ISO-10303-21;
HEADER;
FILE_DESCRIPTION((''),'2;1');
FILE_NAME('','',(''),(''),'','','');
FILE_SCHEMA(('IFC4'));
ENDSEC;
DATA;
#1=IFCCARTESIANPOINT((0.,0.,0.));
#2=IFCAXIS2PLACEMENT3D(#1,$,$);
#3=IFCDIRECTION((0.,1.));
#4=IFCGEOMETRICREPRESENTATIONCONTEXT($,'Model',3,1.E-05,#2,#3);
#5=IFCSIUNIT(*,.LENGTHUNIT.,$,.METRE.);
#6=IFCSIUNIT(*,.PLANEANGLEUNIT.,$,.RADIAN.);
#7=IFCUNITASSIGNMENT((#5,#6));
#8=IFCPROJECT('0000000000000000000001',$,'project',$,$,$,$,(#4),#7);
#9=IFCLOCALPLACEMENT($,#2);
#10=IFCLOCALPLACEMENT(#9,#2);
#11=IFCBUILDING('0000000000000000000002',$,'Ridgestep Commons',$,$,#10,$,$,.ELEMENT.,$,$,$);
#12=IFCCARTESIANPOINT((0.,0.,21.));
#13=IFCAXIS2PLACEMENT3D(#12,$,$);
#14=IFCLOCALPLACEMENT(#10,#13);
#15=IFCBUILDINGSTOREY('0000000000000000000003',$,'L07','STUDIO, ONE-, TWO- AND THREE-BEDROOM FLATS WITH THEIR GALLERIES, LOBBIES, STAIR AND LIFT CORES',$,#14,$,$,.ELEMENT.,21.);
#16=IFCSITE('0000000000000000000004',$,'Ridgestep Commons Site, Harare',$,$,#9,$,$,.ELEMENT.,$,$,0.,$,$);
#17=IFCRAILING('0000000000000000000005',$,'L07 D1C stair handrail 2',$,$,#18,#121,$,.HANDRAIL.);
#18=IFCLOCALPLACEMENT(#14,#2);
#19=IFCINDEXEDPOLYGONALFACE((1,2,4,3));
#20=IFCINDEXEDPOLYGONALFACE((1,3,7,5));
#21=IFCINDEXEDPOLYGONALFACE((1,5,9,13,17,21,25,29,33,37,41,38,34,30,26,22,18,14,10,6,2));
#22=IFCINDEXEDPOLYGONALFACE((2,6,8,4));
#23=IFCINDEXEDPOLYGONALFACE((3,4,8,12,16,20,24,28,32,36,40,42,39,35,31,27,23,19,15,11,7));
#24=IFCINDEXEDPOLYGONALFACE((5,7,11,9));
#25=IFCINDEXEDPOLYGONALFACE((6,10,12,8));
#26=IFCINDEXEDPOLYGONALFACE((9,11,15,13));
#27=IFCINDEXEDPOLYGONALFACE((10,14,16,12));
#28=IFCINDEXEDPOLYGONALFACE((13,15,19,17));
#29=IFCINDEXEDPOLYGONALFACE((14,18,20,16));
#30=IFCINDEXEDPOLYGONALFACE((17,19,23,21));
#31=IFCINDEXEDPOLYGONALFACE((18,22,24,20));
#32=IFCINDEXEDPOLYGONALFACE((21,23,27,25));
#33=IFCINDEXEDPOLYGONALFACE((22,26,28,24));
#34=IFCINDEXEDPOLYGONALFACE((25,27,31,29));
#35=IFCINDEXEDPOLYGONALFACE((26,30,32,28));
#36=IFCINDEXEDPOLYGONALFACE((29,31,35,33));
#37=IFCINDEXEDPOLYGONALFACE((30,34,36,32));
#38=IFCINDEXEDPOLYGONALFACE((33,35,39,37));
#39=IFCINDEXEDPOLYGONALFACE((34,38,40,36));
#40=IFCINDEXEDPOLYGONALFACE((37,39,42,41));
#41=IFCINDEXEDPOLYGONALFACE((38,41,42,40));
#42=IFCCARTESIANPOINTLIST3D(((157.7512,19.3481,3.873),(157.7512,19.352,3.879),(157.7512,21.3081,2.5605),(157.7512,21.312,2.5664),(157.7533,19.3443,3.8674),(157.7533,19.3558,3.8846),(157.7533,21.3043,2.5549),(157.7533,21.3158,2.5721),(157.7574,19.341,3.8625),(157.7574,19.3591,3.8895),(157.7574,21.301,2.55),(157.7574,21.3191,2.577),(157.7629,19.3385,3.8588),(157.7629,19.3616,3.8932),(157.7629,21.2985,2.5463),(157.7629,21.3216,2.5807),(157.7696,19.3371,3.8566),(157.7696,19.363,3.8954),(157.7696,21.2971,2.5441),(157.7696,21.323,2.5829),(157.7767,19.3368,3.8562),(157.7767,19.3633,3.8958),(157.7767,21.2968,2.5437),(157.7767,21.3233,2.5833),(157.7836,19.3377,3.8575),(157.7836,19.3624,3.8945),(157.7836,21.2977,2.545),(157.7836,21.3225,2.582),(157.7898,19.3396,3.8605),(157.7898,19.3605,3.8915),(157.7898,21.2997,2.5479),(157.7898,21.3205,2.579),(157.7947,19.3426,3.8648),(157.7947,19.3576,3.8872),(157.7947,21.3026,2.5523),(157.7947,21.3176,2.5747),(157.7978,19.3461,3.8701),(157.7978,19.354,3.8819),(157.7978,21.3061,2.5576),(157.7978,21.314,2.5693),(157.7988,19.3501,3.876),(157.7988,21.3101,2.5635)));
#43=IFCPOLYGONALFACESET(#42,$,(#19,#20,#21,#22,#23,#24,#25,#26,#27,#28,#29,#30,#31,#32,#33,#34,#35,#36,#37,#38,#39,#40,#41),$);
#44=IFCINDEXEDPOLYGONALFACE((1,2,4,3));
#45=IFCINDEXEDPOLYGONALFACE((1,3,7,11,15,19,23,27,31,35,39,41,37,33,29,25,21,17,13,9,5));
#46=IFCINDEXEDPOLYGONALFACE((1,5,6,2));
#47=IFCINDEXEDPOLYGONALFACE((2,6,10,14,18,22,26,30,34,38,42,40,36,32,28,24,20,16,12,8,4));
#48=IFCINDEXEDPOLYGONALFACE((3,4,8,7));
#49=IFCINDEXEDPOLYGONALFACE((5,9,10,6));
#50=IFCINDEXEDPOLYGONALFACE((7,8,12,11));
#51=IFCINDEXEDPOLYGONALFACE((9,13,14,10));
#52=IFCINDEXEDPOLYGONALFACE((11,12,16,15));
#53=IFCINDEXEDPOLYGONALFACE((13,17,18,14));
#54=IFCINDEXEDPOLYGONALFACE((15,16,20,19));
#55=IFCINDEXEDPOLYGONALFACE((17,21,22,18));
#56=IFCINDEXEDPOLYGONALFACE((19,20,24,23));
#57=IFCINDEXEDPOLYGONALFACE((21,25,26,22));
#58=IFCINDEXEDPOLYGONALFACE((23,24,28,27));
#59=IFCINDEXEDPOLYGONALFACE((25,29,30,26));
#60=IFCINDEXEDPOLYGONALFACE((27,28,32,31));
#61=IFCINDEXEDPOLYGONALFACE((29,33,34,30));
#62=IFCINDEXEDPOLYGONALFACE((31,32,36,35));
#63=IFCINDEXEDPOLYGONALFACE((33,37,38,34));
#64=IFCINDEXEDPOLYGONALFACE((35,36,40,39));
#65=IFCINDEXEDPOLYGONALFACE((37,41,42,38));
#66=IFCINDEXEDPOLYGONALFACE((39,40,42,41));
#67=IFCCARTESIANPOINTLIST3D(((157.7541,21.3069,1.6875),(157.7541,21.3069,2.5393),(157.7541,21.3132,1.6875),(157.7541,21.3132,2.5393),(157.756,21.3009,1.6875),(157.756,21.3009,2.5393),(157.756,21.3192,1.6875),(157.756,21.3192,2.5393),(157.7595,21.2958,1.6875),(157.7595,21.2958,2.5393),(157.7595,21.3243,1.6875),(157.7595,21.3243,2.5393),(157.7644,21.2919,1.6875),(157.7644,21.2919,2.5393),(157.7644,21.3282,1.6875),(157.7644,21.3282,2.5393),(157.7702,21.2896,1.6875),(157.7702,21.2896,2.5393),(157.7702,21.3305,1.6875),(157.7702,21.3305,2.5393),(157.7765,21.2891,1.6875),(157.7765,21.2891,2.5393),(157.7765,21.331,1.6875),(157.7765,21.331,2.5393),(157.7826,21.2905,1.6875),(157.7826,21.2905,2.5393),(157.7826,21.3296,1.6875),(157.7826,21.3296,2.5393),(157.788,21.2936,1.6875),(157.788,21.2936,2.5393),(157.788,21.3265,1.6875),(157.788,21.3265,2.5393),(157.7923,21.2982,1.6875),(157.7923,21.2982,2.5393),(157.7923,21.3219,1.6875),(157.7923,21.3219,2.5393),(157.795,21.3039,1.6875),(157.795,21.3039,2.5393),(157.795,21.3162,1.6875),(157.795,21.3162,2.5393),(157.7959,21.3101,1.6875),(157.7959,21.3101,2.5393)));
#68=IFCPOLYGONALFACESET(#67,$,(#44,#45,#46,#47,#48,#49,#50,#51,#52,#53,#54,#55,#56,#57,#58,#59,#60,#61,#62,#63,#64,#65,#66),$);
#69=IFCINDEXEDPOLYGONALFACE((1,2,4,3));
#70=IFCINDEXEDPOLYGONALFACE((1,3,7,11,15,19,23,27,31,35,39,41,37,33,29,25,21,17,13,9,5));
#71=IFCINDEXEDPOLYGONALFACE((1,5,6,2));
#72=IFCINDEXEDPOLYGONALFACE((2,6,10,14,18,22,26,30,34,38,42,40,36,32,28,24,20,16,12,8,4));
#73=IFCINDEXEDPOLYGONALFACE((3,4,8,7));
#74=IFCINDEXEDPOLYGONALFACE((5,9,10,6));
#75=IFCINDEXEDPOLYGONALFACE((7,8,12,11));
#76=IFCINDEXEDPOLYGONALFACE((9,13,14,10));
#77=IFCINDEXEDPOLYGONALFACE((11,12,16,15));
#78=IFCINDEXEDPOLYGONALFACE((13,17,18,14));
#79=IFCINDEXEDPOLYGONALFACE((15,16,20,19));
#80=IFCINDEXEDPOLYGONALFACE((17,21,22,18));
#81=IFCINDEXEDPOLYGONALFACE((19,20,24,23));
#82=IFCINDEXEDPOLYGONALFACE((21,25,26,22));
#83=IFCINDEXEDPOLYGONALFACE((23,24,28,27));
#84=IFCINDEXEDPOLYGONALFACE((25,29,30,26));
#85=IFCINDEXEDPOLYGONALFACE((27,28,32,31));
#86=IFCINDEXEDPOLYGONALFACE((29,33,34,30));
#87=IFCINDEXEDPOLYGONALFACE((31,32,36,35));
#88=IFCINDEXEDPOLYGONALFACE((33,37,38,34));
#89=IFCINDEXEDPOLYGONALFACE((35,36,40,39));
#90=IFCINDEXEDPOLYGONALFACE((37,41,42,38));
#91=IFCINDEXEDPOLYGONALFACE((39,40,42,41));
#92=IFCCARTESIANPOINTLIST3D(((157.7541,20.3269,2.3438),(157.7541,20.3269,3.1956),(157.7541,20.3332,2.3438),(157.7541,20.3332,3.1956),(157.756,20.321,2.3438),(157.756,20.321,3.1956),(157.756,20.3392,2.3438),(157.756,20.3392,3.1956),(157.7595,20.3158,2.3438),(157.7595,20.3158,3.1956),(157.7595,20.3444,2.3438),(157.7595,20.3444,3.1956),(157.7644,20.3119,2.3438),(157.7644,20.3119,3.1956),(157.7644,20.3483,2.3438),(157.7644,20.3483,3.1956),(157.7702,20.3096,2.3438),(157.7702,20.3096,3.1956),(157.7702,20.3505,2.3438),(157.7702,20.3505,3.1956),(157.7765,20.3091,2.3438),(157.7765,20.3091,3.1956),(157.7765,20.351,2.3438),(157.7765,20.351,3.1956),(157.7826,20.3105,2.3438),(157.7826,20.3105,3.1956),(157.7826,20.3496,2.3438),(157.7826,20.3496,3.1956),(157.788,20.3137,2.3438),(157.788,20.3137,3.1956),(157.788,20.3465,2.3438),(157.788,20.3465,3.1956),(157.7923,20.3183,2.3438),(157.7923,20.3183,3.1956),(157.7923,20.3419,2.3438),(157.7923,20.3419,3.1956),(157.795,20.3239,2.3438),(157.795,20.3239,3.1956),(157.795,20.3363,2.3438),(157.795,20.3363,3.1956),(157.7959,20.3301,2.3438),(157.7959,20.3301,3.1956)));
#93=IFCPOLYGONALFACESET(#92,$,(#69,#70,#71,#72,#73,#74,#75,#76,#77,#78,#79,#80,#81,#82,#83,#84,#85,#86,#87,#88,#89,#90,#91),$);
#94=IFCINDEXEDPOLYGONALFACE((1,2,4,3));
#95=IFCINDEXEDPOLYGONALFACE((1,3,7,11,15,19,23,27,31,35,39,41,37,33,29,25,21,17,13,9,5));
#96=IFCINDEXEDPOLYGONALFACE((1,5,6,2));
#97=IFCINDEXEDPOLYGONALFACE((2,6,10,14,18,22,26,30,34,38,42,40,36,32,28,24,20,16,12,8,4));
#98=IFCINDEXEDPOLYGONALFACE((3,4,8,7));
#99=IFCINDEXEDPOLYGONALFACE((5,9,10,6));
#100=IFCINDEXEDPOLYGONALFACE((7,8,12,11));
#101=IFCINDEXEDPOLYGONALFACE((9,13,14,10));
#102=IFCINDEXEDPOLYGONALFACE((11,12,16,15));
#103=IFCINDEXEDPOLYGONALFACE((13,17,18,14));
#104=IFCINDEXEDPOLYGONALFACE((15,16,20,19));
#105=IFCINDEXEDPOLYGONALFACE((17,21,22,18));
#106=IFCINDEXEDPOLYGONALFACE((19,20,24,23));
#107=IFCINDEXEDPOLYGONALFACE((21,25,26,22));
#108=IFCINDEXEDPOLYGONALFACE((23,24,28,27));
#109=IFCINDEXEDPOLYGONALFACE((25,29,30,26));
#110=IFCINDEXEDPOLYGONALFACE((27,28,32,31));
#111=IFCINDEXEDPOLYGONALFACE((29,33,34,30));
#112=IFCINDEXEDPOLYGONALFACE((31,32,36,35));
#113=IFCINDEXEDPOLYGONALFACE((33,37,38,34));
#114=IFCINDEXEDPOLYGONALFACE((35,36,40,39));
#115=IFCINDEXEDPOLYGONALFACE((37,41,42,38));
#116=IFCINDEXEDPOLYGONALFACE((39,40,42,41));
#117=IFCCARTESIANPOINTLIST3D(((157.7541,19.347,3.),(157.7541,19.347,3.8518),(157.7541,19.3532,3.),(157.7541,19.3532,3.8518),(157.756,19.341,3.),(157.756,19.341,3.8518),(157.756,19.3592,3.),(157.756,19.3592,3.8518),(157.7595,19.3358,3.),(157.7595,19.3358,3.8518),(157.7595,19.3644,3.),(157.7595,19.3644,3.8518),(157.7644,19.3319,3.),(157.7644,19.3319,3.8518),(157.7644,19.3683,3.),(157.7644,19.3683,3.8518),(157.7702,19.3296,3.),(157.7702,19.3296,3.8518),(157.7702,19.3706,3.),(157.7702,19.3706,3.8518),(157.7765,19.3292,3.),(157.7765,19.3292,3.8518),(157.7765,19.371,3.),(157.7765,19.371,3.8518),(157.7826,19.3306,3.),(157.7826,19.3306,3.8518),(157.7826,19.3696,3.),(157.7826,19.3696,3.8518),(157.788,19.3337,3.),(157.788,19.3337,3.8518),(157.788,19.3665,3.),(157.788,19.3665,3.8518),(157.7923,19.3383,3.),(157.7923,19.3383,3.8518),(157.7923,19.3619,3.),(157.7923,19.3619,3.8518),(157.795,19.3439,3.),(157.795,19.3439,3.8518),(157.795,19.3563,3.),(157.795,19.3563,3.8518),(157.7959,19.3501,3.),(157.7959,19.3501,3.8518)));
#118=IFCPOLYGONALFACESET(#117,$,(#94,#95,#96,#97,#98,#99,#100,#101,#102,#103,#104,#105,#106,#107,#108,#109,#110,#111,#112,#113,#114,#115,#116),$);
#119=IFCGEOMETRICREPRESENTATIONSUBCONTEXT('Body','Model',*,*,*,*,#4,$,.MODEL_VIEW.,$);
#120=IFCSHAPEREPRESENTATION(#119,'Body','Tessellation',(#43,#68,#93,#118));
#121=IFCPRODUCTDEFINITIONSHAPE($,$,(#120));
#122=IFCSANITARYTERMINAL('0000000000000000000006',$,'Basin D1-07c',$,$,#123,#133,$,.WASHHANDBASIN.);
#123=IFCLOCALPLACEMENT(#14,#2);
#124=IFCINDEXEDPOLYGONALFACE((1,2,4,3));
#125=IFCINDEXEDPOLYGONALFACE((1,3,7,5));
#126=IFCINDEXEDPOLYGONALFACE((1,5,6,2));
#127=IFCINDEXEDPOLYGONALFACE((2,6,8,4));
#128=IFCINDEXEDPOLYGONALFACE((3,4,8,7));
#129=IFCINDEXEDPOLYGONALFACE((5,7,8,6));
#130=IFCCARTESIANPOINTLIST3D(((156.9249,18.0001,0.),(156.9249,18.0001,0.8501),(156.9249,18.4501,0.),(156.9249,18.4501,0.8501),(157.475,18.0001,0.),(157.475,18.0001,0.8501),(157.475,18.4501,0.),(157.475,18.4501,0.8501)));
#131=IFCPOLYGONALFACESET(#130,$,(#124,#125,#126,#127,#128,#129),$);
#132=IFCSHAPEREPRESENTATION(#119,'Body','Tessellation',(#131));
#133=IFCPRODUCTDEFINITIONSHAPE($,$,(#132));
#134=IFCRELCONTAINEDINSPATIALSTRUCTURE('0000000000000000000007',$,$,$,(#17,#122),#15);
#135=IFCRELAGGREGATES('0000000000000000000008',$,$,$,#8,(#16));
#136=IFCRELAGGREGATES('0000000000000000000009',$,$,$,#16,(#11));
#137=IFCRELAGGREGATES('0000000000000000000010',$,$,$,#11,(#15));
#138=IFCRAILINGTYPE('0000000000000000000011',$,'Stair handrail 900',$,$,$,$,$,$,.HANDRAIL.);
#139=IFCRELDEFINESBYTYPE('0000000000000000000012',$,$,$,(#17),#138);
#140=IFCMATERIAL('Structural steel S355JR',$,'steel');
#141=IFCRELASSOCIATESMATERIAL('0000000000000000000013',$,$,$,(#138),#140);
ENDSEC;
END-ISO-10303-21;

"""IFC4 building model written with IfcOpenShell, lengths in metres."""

from ifc_helpers import new_model, si_unit, direction, frame, origin, origin_2d, place, context, subcontext, project, spatial, rectangle, circle, extrude, material, type_object, element, save


model = new_model("IFC4")

# Units and contexts
model_context = context("Model", 3, precision=1e-05, world=origin(), true_north=direction((0.0, 1.0)))
body_context = subcontext(model_context, "Body", "Model", "MODEL_VIEW")
ifc_project = project(units=[si_unit("LENGTHUNIT", "METRE"), si_unit("PLANEANGLEUNIT", "RADIAN")], contexts=[model_context])

# Site, building, storey
site_placement = place(None, origin())
site = spatial("IfcSite", under=ifc_project, at=site_placement, Name="Ridgestep Commons Site, Harare", CompositionType="ELEMENT", RefElevation=0.0)
building_placement = place(site_placement, origin())
building = spatial("IfcBuilding", under=site, at=building_placement, Name="Ridgestep Commons", CompositionType="ELEMENT")
storey_placement = place(building_placement, frame((0.0, 0.0, 21.0)))
storey = spatial("IfcBuildingStorey", under=building, at=storey_placement, Name="L07", Description="STUDIO, ONE-, TWO- AND THREE-BEDROOM FLATS WITH THEIR GALLERIES, LOBBIES, STAIR AND LIFT CORES", CompositionType="ELEMENT", Elevation=21.0)

# Railing
ifc_material_1 = material(Name="Structural steel S355JR", Category="steel")
railing_type_1 = type_object("IfcRailingType", Name="Stair handrail 900", PredefinedType="HANDRAIL", material=ifc_material_1)
railing_1_placement = place(storey_placement, frame((157.7749, 21.3101, 1.6875)))
element("IfcRailing", 1, at=railing_1_placement, inside=storey, type_object=railing_type_1, Name="L07 D1C stair handrail 2", PredefinedType="HANDRAIL", context=body_context, shape_type="SweptSolid", body=[
    extrude(circle(Radius=0.0239, at=origin_2d()), frame((0.0, 0.0, 0.876), z_axis=(0.0, -0.830902, 0.556419), x_axis=(1.0, 0.0, 0.0)), (0.0, 0.0, 1.0), 2.3589),
    extrude(circle(Radius=0.021, at=origin_2d()), origin(), (0.0, 0.0, 1.0), 0.8518),
    extrude(circle(Radius=0.021, at=origin_2d()), frame((0.0, -0.98, 0.6562)), (0.0, 0.0, 1.0), 0.8518),
    extrude(circle(Radius=0.021, at=origin_2d()), frame((0.0, -1.96, 1.3125)), (0.0, 0.0, 1.0), 0.8518),
])

# Sanitary terminal
sanitary_terminal_placement = place(storey_placement, frame((157.2, 18.2251, 0.0), z_axis=(0.0, 0.0, 1.0), x_axis=(1.0, 0.0, 0.0)))
element("IfcSanitaryTerminal", 2, at=sanitary_terminal_placement, inside=storey, Name="Basin D1-07c", PredefinedType="WASHHANDBASIN", context=body_context, shape_type="SweptSolid", body=[
    extrude(rectangle(XDim=0.55, YDim=0.45, at=origin_2d()), origin(), (0.0, 0.0, 1.0), 0.8501),
])

save(model, "model.ifc")
